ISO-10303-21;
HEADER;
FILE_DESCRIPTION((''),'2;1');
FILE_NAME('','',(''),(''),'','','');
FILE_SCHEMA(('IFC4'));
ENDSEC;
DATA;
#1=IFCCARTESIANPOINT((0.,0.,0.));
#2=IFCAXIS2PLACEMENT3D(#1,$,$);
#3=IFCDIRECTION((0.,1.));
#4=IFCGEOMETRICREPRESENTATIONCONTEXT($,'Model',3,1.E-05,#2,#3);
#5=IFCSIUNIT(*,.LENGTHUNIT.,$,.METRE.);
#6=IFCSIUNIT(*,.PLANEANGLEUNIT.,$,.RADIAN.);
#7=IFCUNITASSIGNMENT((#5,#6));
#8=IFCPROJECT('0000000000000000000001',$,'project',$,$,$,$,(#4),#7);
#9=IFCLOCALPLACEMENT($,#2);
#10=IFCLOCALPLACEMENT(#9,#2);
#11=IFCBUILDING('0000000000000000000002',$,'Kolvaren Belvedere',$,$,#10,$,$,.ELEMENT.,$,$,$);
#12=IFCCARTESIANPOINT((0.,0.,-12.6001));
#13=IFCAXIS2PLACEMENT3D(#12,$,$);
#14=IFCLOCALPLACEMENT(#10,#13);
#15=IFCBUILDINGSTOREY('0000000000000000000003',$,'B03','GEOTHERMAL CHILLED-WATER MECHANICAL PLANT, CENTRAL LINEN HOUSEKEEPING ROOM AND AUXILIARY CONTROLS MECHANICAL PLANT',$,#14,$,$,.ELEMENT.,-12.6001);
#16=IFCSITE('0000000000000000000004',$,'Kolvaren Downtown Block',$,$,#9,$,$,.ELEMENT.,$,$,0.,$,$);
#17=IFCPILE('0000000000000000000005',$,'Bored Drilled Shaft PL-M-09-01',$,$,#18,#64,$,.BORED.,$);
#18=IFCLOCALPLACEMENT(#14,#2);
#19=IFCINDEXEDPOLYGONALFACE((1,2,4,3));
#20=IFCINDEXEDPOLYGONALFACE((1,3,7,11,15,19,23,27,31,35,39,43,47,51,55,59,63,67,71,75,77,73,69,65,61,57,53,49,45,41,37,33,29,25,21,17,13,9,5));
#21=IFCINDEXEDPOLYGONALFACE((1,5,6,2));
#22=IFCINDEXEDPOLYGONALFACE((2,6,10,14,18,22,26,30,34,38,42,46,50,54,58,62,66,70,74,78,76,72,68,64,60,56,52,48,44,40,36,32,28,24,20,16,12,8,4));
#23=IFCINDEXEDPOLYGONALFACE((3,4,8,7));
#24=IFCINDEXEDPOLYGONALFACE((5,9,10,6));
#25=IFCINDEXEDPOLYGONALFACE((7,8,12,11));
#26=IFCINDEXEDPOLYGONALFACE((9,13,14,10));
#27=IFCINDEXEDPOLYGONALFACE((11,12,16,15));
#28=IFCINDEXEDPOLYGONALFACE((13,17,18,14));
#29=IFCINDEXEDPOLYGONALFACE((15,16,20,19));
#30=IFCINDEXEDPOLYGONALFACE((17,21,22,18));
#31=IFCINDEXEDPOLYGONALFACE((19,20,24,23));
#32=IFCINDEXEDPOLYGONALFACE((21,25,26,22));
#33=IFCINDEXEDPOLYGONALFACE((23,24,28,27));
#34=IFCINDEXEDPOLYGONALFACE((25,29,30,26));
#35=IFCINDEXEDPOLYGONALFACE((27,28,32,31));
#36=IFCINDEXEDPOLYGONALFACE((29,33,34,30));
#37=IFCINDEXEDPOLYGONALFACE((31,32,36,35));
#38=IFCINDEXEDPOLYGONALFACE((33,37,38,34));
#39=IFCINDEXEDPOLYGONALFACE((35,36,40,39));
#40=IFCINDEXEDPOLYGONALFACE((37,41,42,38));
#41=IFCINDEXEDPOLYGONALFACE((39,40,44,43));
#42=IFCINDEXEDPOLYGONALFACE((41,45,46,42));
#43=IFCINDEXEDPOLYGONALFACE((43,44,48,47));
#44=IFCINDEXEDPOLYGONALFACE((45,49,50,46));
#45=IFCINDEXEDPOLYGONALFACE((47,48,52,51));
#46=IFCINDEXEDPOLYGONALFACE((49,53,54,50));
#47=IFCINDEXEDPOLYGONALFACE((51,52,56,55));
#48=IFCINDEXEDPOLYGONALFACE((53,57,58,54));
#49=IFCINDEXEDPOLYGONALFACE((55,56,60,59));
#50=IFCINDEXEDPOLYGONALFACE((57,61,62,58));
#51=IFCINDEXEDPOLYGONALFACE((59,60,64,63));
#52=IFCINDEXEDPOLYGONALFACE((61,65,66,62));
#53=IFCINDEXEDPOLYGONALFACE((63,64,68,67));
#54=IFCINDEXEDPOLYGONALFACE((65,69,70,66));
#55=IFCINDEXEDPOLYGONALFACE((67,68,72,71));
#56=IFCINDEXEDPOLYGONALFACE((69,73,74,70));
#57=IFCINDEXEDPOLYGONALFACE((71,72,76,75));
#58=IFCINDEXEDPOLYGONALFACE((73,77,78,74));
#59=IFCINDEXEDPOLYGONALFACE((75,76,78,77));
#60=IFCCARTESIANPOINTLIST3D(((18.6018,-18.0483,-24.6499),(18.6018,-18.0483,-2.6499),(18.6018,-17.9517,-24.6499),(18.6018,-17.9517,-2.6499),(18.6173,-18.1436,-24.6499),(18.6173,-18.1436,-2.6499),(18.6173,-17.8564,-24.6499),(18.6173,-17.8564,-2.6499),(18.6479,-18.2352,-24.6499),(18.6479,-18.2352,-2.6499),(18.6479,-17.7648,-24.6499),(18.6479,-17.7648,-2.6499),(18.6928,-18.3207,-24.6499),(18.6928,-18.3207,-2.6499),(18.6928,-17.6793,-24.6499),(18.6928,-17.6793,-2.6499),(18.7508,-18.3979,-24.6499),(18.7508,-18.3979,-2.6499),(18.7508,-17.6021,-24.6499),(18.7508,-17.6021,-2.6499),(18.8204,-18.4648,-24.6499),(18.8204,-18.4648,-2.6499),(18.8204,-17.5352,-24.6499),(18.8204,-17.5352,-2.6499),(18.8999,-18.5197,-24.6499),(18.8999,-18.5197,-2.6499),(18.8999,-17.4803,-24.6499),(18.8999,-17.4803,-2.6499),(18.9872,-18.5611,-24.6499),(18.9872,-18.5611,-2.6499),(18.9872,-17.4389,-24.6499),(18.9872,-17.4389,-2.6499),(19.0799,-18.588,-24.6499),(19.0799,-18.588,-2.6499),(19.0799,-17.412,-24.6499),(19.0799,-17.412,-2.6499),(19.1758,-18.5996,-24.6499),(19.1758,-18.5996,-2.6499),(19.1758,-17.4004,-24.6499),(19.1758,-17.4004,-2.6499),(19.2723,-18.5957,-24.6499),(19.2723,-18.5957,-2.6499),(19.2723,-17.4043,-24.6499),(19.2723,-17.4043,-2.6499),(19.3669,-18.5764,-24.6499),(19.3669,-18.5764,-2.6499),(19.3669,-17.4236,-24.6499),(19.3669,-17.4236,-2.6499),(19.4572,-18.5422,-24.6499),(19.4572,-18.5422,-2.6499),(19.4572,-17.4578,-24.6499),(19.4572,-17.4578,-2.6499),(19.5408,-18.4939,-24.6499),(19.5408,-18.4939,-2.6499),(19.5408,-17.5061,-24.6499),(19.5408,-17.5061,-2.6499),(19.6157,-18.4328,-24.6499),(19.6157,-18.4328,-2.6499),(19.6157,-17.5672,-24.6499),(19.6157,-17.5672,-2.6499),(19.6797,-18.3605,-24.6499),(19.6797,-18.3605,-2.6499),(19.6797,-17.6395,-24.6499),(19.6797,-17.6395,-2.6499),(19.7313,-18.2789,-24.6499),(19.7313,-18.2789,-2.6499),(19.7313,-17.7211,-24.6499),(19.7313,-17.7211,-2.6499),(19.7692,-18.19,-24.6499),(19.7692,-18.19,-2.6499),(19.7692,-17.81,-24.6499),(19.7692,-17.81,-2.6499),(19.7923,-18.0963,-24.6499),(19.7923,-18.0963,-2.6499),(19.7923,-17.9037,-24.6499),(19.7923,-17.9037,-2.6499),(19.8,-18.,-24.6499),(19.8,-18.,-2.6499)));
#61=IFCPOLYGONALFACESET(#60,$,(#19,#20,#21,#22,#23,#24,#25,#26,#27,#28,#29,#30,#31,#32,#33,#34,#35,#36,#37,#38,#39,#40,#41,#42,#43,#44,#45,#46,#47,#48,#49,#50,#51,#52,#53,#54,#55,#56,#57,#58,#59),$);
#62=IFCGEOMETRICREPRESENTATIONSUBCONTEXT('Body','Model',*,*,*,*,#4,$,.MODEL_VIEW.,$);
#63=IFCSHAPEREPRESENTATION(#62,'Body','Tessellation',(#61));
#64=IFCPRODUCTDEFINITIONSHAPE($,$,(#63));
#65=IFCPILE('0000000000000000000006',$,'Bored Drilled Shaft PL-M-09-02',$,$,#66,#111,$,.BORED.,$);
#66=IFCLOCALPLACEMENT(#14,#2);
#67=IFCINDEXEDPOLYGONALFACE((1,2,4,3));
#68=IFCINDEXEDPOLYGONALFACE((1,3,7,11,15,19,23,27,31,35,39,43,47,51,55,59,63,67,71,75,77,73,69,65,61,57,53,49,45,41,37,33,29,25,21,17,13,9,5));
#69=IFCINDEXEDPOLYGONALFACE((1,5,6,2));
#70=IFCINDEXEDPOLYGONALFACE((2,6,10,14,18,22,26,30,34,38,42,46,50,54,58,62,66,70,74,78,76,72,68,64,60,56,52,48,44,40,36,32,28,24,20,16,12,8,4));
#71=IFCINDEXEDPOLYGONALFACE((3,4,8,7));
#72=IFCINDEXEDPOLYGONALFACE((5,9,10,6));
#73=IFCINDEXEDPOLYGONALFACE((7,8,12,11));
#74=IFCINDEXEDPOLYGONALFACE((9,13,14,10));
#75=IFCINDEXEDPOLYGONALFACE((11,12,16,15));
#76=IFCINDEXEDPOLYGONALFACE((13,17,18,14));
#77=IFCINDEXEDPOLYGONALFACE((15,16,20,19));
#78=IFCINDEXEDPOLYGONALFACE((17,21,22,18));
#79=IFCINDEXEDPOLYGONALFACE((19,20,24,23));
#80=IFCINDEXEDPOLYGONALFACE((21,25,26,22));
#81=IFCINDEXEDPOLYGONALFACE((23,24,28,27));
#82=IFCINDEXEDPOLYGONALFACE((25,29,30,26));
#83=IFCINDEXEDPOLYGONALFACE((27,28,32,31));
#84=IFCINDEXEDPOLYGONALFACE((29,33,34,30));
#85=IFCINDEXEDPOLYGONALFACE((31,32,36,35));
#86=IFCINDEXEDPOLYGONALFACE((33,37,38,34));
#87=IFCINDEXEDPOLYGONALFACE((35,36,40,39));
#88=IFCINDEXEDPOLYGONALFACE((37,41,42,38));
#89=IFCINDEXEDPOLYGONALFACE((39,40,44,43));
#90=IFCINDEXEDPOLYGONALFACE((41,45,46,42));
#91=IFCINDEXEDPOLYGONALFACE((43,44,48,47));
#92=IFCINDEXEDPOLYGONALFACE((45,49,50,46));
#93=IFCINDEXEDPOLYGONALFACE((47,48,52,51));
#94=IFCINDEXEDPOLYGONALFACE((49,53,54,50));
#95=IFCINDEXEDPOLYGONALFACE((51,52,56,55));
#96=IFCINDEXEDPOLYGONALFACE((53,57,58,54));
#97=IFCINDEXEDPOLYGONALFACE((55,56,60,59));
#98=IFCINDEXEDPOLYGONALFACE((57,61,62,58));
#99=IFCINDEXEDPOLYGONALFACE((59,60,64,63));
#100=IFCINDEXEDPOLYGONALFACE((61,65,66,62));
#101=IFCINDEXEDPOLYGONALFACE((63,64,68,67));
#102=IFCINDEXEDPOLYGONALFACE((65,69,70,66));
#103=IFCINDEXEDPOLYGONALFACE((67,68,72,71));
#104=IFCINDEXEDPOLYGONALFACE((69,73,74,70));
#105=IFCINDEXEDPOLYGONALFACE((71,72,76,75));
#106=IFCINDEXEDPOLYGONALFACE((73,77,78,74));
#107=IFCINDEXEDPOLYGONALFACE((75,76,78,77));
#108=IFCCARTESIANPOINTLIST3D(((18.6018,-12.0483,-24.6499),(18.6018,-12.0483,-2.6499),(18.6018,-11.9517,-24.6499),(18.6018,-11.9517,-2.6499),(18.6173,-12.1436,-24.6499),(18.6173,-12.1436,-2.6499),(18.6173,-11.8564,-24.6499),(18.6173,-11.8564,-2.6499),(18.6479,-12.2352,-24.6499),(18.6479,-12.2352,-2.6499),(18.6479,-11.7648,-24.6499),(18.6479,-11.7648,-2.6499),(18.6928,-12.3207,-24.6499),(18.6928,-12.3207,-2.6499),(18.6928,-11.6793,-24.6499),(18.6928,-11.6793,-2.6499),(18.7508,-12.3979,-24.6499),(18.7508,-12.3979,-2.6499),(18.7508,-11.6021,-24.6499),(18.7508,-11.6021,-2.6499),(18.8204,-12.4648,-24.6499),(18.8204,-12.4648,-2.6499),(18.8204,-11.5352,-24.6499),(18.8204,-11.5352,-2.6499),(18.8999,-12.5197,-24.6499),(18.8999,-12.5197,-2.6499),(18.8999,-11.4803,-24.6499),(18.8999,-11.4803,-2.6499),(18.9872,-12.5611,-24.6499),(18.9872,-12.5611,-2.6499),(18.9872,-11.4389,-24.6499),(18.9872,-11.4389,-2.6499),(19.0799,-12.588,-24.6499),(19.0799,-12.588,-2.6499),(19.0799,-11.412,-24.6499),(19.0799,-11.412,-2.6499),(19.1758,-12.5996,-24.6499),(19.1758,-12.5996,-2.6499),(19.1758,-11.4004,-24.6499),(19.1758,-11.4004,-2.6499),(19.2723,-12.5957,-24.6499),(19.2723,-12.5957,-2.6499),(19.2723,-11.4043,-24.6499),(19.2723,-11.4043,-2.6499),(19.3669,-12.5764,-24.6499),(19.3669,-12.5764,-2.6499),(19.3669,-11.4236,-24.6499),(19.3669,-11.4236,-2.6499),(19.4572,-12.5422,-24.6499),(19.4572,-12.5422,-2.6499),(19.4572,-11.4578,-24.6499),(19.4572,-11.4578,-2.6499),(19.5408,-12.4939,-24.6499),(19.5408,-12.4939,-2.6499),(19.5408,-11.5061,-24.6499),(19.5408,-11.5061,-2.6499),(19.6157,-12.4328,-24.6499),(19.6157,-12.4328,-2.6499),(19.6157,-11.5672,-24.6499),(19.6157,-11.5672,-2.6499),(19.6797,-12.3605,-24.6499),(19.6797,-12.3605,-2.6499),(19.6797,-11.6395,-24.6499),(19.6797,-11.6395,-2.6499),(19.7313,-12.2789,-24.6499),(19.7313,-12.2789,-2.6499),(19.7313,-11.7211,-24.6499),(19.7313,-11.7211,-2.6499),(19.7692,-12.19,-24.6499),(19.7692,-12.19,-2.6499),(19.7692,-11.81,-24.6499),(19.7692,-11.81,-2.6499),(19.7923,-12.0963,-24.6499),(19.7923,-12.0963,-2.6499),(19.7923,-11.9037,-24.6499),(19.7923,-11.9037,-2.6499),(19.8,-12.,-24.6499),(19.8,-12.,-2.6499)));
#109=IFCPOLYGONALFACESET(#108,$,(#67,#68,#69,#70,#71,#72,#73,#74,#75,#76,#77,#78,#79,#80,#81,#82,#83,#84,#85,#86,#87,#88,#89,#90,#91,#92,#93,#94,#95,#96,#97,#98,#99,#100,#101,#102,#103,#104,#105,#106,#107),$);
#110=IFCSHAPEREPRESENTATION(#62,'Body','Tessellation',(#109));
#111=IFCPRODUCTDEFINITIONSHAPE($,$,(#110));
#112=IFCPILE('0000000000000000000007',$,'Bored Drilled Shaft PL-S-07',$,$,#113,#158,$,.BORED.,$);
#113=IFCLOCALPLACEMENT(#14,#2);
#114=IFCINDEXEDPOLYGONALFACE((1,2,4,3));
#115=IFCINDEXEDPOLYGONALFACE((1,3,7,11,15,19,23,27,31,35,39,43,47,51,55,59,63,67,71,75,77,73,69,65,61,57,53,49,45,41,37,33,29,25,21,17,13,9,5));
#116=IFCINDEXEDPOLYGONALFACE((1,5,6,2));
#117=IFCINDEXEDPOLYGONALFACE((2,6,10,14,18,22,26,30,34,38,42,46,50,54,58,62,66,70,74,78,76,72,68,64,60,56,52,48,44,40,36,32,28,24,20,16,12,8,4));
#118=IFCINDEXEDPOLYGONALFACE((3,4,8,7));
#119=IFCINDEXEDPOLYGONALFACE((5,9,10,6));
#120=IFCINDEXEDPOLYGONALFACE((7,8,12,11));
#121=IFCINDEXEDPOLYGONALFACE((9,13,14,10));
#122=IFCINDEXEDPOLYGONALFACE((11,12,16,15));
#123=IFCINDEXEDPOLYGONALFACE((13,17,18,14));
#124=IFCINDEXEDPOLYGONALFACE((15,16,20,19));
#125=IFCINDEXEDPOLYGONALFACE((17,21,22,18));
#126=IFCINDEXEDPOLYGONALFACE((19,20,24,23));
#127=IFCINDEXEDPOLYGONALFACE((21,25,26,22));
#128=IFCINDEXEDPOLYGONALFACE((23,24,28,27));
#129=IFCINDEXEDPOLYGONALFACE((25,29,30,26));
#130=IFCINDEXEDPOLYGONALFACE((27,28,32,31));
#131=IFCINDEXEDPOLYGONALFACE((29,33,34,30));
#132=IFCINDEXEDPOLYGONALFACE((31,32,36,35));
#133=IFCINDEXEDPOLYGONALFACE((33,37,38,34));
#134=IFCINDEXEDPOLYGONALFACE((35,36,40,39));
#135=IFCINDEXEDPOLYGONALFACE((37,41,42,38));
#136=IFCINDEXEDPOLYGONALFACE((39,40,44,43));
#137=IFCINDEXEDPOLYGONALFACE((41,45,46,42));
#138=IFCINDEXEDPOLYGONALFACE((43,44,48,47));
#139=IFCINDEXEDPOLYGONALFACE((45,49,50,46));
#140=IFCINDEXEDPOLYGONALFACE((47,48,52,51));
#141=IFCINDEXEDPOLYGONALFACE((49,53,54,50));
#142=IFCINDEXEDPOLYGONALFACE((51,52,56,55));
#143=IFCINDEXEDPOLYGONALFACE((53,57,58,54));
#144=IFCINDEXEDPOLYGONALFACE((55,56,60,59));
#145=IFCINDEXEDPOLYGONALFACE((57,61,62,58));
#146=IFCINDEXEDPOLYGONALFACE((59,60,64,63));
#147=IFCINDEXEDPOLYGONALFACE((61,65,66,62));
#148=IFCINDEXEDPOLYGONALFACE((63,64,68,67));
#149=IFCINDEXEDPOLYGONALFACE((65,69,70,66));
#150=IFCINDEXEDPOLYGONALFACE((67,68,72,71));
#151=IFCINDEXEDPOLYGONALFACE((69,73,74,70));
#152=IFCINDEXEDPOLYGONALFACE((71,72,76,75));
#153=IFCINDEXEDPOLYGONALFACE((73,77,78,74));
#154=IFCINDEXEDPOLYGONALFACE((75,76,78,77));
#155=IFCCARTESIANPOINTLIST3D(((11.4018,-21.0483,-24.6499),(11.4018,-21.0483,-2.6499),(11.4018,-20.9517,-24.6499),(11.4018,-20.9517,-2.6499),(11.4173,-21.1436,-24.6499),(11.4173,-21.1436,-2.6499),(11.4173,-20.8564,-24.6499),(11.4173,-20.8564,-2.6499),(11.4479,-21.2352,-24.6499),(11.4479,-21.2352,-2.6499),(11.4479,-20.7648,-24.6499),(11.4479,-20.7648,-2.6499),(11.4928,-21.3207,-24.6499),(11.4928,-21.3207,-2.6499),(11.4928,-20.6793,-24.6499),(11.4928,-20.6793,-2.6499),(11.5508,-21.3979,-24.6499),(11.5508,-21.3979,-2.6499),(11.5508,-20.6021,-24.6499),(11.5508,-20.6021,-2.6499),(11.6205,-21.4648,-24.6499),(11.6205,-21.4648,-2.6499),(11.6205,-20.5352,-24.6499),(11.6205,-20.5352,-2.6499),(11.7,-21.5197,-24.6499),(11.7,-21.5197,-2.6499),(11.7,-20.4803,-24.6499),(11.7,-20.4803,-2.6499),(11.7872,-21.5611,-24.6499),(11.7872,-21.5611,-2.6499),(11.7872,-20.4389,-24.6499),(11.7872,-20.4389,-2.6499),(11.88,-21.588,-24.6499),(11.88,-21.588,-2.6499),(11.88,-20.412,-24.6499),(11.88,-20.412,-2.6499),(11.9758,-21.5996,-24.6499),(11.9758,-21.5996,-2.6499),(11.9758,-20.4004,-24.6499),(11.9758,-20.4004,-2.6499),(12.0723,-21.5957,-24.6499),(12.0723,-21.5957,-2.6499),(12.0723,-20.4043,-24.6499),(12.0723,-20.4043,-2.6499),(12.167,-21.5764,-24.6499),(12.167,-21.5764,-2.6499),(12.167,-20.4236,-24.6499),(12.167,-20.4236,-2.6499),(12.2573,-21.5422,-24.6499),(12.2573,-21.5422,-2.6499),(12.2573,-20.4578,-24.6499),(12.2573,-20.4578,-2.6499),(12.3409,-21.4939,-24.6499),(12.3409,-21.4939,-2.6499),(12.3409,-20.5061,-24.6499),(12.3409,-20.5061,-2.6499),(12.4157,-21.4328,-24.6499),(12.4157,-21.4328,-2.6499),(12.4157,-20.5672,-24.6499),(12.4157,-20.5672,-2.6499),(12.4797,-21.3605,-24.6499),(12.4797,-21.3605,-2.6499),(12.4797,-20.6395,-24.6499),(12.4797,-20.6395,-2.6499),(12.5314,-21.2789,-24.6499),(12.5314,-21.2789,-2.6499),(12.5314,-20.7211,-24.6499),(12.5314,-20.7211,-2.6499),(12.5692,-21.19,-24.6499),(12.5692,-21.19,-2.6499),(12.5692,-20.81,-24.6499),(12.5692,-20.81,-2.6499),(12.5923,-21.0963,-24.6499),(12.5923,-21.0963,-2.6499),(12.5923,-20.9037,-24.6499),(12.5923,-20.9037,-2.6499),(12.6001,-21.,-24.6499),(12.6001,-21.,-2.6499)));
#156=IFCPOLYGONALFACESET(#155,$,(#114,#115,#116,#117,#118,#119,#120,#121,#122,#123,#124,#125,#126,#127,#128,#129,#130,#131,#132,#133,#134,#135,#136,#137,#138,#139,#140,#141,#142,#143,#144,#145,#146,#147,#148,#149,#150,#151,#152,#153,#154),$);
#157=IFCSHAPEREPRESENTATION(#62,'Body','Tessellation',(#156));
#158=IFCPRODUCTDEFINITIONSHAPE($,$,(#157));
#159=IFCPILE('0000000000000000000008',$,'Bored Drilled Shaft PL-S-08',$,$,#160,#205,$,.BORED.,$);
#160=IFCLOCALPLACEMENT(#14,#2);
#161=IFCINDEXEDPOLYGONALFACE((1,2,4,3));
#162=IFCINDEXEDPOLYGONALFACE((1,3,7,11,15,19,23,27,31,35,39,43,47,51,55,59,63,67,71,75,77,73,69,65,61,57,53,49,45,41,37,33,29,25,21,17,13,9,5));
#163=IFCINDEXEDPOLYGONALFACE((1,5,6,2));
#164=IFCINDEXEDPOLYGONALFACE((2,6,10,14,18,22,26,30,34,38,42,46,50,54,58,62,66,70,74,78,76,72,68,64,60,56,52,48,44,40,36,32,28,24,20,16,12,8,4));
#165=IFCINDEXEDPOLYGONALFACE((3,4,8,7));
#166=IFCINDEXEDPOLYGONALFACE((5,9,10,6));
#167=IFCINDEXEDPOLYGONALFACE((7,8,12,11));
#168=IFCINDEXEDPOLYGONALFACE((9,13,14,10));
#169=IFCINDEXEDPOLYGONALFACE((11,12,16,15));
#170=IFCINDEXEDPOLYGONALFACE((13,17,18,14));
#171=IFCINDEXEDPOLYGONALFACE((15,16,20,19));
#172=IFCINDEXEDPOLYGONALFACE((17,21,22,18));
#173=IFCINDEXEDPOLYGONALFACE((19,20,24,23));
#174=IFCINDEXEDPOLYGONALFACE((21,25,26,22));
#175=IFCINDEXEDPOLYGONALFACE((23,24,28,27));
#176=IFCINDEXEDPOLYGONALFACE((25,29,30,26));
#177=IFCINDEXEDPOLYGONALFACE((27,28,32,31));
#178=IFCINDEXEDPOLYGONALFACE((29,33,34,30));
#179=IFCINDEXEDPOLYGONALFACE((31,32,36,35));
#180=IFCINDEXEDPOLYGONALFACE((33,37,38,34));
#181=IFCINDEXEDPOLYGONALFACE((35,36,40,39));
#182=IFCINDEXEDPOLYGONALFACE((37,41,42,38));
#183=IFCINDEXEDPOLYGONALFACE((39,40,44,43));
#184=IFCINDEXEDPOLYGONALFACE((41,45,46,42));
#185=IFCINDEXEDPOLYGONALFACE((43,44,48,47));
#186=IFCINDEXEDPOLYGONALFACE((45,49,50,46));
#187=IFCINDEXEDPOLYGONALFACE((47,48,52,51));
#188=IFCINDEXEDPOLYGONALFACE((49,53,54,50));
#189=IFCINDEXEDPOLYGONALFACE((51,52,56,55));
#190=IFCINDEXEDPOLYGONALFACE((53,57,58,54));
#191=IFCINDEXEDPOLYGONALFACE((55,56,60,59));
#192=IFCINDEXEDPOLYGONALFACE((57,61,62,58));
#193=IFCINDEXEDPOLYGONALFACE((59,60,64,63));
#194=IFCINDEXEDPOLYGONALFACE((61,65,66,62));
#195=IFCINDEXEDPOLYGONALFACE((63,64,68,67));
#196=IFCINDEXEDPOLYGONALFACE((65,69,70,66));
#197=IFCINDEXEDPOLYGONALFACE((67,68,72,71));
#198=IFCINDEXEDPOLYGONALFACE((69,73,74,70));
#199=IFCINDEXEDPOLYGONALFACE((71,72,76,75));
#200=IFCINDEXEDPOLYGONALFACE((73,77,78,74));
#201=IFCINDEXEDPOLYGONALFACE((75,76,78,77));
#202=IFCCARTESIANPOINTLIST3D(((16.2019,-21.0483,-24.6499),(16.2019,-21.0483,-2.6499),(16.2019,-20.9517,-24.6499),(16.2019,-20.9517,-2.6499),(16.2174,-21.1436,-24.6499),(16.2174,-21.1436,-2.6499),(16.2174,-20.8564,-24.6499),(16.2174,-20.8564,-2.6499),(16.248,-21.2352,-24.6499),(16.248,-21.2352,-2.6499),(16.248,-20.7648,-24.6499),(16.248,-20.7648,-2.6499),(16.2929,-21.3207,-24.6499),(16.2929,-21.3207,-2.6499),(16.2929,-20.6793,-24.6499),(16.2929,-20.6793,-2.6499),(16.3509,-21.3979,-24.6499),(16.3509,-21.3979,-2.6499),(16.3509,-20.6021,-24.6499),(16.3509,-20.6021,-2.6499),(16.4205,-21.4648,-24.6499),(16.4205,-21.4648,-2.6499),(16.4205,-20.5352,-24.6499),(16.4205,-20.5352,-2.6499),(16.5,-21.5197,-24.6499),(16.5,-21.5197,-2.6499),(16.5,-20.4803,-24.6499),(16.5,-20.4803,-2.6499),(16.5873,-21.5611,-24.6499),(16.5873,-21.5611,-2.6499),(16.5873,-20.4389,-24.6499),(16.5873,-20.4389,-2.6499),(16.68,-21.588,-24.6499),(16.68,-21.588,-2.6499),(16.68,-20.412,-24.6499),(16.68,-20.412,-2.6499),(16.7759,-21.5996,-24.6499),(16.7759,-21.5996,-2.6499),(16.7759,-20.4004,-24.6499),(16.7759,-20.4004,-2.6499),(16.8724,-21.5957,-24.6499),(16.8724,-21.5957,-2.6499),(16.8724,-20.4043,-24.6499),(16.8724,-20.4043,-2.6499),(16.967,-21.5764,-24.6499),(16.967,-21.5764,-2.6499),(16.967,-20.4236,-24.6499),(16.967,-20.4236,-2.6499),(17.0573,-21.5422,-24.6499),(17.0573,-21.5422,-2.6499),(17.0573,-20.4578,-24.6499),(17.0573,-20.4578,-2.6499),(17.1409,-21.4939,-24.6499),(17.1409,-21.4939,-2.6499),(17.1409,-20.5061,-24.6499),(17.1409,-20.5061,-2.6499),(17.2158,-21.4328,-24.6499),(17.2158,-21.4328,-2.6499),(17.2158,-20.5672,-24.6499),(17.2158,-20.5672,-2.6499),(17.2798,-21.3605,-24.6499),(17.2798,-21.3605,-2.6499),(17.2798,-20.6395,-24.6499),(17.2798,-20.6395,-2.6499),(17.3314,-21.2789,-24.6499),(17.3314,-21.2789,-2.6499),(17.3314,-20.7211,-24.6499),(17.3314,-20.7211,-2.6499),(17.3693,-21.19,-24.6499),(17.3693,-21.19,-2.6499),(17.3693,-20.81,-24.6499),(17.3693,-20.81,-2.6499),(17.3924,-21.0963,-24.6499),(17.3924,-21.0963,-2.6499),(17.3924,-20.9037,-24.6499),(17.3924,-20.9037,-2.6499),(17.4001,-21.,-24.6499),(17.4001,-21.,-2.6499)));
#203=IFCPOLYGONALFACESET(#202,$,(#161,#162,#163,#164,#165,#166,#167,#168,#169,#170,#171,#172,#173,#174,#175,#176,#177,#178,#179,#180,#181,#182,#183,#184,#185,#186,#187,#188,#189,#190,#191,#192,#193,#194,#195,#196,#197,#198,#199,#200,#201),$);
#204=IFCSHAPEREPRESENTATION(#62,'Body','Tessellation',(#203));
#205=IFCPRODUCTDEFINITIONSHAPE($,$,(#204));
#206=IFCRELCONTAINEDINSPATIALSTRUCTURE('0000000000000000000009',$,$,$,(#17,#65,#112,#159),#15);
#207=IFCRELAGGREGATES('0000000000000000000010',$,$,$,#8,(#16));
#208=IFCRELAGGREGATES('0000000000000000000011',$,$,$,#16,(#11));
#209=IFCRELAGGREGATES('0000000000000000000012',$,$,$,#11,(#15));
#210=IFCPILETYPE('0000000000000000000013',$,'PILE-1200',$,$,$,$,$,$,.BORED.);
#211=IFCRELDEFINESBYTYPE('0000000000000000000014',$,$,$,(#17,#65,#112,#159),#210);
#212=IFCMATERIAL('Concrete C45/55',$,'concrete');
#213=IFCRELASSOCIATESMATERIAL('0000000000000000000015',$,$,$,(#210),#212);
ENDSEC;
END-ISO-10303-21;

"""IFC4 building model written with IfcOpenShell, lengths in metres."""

from ifc_helpers import new_model, si_unit, direction, frame, origin, origin_2d, place, context, subcontext, project, spatial, circle, extrude, material, material_profile, profile_set, type_object, element, save


model = new_model("IFC4")

# Units and contexts
model_context = context("Model", 3, precision=1e-05, world=origin(), true_north=direction((0.0, 1.0)))
body_context = subcontext(model_context, "Body", "Model", "MODEL_VIEW")
ifc_project = project(units=[si_unit("LENGTHUNIT", "METRE"), si_unit("PLANEANGLEUNIT", "RADIAN")], contexts=[model_context])

# Site, building, storey
site_placement = place(None, origin())
site = spatial("IfcSite", under=ifc_project, at=site_placement, Name="Kolvaren Downtown Block", CompositionType="ELEMENT", RefElevation=0.0)
building_placement = place(site_placement, origin())
building = spatial("IfcBuilding", under=site, at=building_placement, Name="Kolvaren Belvedere", CompositionType="ELEMENT")
storey_placement = place(building_placement, frame((0.0, 0.0, -12.6001)))
storey = spatial("IfcBuildingStorey", under=building, at=storey_placement, Name="B03", Description="GEOTHERMAL CHILLED-WATER MECHANICAL PLANT, CENTRAL LINEN HOUSEKEEPING ROOM AND AUXILIARY CONTROLS MECHANICAL PLANT", CompositionType="ELEMENT", Elevation=-12.6001)

# Piles
ifc_material_1 = material(Name="Concrete C45/55", Category="concrete")
ifc_material_profile_1 = material_profile(ifc_material_1, circle(Radius=0.6001, at=origin_2d()), Name="BORED PILE D1200")
ifc_profile_set_1 = profile_set([ifc_material_profile_1], Name="Concrete C45/55")
pile_type_1 = type_object("IfcPileType", Name="PILE-1200", PredefinedType="BORED", material=ifc_profile_set_1)
for number, where, z_axis, x_axis, name in (
    (1, (19.2, -18.0, -2.6499), (0.0, 0.0, -1.0), (1.0, 0.0, 0.0), "Bored Drilled Shaft PL-M-09-01"),
    (2, (19.2, -12.0, -2.6499), (0.0, 0.0, -1.0), (1.0, 0.0, 0.0), "Bored Drilled Shaft PL-M-09-02"),
    (3, (12.0, -21.0, -2.6499), (0.0, 0.0, -1.0), (1.0, 0.0, 0.0), "Bored Drilled Shaft PL-S-07"),
    (4, (16.8, -21.0, -2.6499), (0.0, 0.0, -1.0), (1.0, 0.0, 0.0), "Bored Drilled Shaft PL-S-08"),
):
    element("IfcPile", number, at=place(storey_placement, frame(where, z_axis=z_axis, x_axis=x_axis)), inside=storey, type_object=pile_type_1, Name=name, PredefinedType="BORED", context=body_context, shape_type="SweptSolid", body=[
        extrude(circle(Radius=0.6001, at=origin_2d()), origin(), (0.0, 0.0, 1.0), 22.0),
    ])

save(model, "model.ifc")
